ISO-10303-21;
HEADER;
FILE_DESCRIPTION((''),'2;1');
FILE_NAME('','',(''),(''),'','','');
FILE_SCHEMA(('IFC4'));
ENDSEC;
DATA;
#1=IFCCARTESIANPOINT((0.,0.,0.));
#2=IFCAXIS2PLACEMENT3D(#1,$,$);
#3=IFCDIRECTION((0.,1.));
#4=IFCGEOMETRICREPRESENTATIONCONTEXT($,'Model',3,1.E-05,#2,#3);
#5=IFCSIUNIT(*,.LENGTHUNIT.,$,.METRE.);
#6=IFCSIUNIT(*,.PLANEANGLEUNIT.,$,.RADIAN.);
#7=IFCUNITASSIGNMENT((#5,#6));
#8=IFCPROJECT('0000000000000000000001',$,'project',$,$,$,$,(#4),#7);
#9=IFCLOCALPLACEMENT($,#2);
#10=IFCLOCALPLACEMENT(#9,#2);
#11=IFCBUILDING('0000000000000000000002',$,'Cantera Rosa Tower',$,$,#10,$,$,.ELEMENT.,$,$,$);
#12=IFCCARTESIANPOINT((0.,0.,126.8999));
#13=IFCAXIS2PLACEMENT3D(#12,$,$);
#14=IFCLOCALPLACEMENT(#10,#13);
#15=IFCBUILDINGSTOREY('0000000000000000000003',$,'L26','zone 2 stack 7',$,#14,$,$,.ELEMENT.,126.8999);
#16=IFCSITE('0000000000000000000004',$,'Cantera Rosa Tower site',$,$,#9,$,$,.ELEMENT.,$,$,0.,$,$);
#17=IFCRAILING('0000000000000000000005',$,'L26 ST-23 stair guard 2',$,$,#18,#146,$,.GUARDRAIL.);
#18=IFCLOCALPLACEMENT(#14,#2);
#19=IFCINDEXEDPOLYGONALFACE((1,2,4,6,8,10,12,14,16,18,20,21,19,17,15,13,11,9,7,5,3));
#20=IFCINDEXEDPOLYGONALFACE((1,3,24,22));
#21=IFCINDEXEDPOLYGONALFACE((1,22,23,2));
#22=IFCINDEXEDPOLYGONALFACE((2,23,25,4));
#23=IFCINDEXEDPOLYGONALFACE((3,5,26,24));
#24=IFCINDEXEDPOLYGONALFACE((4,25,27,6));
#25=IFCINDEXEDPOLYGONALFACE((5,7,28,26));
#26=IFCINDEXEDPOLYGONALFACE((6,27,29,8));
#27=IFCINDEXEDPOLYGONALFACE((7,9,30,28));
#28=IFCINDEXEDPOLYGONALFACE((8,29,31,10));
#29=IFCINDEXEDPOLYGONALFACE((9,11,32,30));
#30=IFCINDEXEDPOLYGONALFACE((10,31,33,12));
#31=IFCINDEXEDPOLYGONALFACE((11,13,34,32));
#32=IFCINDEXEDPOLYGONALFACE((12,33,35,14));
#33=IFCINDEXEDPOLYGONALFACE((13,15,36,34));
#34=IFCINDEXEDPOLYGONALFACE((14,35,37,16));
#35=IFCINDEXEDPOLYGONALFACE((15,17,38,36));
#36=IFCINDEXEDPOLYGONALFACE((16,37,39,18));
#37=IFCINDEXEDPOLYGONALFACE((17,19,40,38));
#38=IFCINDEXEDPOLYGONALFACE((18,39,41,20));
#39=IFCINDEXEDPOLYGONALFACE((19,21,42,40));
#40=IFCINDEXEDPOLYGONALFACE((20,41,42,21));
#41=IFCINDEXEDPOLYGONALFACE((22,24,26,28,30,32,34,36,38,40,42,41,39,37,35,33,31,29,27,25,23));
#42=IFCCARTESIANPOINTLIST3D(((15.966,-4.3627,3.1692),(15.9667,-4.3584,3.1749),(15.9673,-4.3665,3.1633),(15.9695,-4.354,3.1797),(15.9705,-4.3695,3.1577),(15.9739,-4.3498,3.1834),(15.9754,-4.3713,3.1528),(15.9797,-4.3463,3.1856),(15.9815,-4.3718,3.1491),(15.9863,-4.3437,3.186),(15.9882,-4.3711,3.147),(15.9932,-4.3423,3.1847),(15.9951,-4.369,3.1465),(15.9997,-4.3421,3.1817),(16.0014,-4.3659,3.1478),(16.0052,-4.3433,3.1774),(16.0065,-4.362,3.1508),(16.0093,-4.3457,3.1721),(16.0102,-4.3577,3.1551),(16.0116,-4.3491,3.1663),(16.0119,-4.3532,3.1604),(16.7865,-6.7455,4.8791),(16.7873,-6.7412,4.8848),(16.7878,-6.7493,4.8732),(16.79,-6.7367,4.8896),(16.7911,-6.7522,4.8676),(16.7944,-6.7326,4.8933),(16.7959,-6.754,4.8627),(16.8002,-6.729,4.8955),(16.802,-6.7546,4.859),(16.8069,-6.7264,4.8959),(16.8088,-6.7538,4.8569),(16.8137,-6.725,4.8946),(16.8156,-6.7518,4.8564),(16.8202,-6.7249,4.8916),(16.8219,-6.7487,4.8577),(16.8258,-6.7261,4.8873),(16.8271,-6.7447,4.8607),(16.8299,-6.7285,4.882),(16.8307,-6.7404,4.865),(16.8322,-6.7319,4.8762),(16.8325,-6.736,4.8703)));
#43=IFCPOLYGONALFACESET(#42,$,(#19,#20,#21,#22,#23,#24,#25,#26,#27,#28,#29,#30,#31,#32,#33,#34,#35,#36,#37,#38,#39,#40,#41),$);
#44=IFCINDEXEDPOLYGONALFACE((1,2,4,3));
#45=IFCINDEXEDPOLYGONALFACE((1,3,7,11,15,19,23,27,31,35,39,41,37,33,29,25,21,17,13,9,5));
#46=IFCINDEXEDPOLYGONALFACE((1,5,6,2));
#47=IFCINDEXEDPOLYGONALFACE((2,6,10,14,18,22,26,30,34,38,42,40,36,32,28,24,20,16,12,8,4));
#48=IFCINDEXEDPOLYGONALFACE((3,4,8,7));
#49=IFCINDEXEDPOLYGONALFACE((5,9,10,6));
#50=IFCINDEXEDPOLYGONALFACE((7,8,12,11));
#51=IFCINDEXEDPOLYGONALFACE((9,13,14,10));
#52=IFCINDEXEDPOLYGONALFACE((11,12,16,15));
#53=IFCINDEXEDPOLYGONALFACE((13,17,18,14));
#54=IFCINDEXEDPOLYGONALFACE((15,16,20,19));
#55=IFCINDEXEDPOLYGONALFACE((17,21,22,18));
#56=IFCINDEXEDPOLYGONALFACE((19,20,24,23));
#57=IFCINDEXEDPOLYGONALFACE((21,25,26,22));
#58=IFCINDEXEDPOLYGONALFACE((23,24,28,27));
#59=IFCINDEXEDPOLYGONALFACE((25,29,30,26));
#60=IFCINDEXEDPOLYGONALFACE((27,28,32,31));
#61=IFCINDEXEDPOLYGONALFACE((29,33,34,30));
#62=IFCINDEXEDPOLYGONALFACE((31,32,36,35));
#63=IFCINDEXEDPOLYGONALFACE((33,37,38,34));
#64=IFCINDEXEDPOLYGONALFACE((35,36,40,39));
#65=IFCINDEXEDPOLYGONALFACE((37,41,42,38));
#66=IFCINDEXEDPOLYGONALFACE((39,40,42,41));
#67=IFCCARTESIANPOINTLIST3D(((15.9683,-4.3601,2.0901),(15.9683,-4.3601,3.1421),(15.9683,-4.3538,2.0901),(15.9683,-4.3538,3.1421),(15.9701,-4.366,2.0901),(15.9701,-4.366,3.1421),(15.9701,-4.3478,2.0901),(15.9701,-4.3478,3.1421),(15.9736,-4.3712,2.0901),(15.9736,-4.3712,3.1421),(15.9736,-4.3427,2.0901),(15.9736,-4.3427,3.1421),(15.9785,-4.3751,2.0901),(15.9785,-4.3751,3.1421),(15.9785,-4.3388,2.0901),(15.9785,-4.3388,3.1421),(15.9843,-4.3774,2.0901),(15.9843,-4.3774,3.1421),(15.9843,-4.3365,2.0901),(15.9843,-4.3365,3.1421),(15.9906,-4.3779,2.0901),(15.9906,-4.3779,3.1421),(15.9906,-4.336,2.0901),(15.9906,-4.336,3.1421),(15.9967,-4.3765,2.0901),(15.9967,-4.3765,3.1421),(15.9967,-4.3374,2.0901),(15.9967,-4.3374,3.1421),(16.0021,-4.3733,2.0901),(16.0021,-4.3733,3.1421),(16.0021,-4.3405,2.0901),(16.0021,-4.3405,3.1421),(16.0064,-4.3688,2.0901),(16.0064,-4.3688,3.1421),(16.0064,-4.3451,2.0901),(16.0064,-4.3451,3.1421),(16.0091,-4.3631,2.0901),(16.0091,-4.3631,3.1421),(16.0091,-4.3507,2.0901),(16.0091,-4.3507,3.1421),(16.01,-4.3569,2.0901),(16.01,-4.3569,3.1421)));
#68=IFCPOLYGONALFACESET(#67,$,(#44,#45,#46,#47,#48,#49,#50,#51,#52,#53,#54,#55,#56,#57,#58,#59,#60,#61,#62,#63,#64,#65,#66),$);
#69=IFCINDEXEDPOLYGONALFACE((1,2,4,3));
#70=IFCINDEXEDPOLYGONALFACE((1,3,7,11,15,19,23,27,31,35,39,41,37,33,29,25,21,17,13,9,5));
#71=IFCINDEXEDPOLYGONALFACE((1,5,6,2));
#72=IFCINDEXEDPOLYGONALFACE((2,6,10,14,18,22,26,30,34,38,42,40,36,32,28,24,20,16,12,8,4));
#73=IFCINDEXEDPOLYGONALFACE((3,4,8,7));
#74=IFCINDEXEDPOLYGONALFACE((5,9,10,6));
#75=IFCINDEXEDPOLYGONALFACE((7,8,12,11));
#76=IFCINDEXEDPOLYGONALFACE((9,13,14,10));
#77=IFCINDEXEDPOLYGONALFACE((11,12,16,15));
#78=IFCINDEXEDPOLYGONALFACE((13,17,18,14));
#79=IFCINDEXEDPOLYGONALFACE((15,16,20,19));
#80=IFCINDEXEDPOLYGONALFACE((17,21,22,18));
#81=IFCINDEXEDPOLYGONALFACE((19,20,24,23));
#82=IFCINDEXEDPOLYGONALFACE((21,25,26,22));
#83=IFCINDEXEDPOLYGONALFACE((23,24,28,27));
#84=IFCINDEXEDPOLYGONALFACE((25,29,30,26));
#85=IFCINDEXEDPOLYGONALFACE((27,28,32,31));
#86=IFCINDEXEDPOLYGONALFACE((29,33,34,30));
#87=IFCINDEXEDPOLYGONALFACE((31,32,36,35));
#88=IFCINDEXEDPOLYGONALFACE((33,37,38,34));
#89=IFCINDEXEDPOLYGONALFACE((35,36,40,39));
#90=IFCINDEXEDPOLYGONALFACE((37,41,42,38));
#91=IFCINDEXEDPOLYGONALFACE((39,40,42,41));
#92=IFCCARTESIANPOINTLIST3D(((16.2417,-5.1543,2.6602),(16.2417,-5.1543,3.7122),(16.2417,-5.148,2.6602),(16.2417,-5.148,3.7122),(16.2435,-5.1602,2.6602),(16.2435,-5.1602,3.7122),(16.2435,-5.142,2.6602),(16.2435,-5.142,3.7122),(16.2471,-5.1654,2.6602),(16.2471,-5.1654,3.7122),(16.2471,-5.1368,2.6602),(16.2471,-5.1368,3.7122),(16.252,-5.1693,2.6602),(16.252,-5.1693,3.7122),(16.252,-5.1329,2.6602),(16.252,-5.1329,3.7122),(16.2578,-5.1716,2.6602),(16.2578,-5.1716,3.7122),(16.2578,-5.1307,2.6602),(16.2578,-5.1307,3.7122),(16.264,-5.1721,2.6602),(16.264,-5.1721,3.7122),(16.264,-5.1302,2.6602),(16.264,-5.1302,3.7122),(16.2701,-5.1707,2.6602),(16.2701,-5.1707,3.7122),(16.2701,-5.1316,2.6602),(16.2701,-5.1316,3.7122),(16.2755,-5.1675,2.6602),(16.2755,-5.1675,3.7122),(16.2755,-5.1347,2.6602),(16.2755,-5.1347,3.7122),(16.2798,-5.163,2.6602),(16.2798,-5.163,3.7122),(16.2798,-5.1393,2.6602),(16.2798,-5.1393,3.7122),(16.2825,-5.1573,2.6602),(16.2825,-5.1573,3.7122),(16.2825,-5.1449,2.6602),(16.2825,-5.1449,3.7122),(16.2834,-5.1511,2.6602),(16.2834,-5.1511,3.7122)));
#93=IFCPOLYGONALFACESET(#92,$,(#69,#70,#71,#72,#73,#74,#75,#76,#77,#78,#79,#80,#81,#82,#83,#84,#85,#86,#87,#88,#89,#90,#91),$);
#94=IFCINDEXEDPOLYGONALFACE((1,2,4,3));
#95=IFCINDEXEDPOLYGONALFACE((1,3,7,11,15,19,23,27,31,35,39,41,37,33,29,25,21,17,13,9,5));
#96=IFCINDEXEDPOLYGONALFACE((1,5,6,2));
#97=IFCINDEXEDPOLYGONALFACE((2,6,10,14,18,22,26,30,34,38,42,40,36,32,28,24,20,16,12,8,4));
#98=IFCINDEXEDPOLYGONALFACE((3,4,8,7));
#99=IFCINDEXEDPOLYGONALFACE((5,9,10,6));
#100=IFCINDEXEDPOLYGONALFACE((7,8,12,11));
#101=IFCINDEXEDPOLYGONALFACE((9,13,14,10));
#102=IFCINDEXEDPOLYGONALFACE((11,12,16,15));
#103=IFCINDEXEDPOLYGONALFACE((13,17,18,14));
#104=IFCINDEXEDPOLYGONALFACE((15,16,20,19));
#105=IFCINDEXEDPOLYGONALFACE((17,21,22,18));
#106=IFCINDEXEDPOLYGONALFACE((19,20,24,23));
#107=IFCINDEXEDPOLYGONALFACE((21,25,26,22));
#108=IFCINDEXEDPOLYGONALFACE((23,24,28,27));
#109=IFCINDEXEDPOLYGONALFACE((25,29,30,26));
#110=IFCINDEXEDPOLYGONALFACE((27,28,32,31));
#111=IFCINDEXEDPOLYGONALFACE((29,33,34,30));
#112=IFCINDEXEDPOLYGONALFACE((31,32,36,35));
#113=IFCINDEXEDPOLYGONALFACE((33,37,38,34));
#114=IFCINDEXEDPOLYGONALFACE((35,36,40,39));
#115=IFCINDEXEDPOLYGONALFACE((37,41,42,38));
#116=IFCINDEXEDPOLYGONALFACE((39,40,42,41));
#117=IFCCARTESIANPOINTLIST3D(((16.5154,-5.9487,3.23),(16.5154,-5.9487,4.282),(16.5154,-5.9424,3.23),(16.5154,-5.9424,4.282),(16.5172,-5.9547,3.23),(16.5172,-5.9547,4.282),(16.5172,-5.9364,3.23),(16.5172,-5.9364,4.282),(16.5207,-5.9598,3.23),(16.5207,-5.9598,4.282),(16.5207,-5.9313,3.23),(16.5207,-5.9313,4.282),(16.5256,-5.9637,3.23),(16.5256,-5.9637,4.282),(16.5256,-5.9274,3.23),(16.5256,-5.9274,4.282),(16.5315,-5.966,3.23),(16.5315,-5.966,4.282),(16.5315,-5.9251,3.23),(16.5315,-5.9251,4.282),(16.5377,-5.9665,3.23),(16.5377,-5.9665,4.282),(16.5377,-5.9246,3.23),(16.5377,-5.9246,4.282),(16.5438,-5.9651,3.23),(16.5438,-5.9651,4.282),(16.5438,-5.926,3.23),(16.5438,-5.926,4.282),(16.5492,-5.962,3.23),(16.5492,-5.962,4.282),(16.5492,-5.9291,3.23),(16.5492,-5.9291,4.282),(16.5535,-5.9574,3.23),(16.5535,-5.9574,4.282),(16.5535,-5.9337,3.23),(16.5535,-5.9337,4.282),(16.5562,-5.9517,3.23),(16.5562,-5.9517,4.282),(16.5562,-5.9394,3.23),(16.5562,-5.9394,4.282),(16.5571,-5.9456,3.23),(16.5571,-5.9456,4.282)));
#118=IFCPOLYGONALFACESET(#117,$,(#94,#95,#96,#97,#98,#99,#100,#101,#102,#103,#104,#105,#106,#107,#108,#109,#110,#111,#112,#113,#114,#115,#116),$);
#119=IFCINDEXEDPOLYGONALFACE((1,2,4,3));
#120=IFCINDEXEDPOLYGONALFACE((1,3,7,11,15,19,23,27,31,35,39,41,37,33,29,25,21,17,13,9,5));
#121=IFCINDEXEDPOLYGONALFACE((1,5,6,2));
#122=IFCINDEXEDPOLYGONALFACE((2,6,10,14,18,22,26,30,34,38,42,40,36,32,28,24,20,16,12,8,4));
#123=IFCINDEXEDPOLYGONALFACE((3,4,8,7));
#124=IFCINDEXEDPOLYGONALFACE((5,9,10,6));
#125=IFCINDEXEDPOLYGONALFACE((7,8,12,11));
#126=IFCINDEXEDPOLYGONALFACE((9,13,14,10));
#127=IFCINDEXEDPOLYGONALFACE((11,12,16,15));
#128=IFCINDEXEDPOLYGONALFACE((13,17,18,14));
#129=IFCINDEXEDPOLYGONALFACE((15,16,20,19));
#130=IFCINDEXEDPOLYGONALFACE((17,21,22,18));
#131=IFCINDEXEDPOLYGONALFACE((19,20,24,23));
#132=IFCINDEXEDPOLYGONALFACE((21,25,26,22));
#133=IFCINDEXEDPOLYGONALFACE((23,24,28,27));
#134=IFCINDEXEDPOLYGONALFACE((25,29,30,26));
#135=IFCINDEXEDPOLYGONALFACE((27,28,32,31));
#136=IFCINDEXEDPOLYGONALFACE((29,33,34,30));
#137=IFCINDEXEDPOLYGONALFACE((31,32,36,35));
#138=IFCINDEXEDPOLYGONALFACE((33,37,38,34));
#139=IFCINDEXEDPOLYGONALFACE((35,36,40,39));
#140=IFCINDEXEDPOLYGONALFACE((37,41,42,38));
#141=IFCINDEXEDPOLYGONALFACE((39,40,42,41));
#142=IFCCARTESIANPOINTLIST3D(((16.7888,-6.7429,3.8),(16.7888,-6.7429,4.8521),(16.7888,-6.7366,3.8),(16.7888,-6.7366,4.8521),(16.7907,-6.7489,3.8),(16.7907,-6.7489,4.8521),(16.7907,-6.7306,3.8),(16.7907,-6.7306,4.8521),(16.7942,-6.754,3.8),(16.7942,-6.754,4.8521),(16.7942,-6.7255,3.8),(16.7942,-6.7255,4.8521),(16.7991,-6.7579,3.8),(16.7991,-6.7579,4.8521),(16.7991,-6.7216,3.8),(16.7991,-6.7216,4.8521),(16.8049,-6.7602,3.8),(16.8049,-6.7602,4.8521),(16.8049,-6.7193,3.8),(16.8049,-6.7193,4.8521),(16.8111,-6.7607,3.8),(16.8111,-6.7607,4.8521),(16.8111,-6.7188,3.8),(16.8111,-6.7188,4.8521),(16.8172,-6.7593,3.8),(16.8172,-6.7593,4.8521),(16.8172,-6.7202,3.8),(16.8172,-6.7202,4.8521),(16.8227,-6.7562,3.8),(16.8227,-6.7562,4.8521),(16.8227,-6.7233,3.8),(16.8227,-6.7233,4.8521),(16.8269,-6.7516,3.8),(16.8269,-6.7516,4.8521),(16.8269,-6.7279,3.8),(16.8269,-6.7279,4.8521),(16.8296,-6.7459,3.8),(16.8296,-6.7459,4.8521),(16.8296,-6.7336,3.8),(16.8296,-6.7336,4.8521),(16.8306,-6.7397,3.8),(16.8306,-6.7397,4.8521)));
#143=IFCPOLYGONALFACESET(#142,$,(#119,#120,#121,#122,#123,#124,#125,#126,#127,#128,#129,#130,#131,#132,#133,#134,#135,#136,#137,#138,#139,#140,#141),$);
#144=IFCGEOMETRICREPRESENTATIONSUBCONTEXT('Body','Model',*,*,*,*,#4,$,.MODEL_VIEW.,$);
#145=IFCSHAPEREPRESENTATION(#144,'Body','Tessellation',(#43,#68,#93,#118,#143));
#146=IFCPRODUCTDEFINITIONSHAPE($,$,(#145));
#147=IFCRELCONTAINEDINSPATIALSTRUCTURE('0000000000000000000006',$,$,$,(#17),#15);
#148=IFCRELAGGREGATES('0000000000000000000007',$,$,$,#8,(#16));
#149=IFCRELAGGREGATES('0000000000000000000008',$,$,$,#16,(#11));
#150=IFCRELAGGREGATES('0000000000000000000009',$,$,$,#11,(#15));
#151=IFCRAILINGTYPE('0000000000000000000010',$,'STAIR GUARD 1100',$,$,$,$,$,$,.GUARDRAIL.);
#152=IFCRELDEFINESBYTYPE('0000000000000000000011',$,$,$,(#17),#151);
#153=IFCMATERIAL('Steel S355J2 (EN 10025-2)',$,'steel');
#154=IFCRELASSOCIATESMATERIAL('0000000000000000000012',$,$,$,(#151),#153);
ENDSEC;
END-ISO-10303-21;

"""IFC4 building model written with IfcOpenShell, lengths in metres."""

from ifc_helpers import new_model, si_unit, direction, frame, origin, origin_2d, place, context, subcontext, project, spatial, circle, extrude, material, type_object, element, save


model = new_model("IFC4")

# Units and contexts
model_context = context("Model", 3, precision=1e-05, world=origin(), true_north=direction((0.0, 1.0)))
body_context = subcontext(model_context, "Body", "Model", "MODEL_VIEW")
ifc_project = project(units=[si_unit("LENGTHUNIT", "METRE"), si_unit("PLANEANGLEUNIT", "RADIAN")], contexts=[model_context])

# Site, building, storey
site_placement = place(None, origin())
site = spatial("IfcSite", under=ifc_project, at=site_placement, Name="Cantera Rosa Tower site", CompositionType="ELEMENT", RefElevation=0.0)
building_placement = place(site_placement, origin())
building = spatial("IfcBuilding", under=site, at=building_placement, Name="Cantera Rosa Tower", CompositionType="ELEMENT")
storey_placement = place(building_placement, frame((0.0, 0.0, 126.8999)))
storey = spatial("IfcBuildingStorey", under=building, at=storey_placement, Name="L26", Description="zone 2 stack 7", CompositionType="ELEMENT", Elevation=126.8999)

# Railing
ifc_material_1 = material(Name="Steel S355J2 (EN 10025-2)", Category="steel")
railing_type_1 = type_object("IfcRailingType", Name="STAIR GUARD 1100", PredefinedType="GUARDRAIL", material=ifc_material_1)
railing_1_placement = place(storey_placement, frame((15.989, -4.3569, 2.0901)))
element("IfcRailing", 1, at=railing_1_placement, inside=storey, type_object=railing_type_1, Name="L26 ST-23 stair guard 2", PredefinedType="GUARDRAIL", context=body_context, shape_type="SweptSolid", body=[
    extrude(circle(Radius=0.0239, at=origin_2d()), frame((0.0, 0.0, 1.0762), z_axis=(0.269432, -0.782404, 0.561471), x_axis=(0.945508, 0.3256, 0.0)), (0.0, 0.0, 1.0), 3.0454),
    extrude(circle(Radius=0.021, at=origin_2d()), origin(), (0.0, 0.0, 1.0), 1.052),
    extrude(circle(Radius=0.021, at=origin_2d()), frame((0.2734, -0.7942, 0.5701)), (0.0, 0.0, 1.0), 1.052),
    extrude(circle(Radius=0.021, at=origin_2d()), frame((0.5471, -1.5886, 1.1399)), (0.0, 0.0, 1.0), 1.052),
    extrude(circle(Radius=0.021, at=origin_2d()), frame((0.8206, -2.3828, 1.71)), (0.0, 0.0, 1.0), 1.052),
])

save(model, "model.ifc")
